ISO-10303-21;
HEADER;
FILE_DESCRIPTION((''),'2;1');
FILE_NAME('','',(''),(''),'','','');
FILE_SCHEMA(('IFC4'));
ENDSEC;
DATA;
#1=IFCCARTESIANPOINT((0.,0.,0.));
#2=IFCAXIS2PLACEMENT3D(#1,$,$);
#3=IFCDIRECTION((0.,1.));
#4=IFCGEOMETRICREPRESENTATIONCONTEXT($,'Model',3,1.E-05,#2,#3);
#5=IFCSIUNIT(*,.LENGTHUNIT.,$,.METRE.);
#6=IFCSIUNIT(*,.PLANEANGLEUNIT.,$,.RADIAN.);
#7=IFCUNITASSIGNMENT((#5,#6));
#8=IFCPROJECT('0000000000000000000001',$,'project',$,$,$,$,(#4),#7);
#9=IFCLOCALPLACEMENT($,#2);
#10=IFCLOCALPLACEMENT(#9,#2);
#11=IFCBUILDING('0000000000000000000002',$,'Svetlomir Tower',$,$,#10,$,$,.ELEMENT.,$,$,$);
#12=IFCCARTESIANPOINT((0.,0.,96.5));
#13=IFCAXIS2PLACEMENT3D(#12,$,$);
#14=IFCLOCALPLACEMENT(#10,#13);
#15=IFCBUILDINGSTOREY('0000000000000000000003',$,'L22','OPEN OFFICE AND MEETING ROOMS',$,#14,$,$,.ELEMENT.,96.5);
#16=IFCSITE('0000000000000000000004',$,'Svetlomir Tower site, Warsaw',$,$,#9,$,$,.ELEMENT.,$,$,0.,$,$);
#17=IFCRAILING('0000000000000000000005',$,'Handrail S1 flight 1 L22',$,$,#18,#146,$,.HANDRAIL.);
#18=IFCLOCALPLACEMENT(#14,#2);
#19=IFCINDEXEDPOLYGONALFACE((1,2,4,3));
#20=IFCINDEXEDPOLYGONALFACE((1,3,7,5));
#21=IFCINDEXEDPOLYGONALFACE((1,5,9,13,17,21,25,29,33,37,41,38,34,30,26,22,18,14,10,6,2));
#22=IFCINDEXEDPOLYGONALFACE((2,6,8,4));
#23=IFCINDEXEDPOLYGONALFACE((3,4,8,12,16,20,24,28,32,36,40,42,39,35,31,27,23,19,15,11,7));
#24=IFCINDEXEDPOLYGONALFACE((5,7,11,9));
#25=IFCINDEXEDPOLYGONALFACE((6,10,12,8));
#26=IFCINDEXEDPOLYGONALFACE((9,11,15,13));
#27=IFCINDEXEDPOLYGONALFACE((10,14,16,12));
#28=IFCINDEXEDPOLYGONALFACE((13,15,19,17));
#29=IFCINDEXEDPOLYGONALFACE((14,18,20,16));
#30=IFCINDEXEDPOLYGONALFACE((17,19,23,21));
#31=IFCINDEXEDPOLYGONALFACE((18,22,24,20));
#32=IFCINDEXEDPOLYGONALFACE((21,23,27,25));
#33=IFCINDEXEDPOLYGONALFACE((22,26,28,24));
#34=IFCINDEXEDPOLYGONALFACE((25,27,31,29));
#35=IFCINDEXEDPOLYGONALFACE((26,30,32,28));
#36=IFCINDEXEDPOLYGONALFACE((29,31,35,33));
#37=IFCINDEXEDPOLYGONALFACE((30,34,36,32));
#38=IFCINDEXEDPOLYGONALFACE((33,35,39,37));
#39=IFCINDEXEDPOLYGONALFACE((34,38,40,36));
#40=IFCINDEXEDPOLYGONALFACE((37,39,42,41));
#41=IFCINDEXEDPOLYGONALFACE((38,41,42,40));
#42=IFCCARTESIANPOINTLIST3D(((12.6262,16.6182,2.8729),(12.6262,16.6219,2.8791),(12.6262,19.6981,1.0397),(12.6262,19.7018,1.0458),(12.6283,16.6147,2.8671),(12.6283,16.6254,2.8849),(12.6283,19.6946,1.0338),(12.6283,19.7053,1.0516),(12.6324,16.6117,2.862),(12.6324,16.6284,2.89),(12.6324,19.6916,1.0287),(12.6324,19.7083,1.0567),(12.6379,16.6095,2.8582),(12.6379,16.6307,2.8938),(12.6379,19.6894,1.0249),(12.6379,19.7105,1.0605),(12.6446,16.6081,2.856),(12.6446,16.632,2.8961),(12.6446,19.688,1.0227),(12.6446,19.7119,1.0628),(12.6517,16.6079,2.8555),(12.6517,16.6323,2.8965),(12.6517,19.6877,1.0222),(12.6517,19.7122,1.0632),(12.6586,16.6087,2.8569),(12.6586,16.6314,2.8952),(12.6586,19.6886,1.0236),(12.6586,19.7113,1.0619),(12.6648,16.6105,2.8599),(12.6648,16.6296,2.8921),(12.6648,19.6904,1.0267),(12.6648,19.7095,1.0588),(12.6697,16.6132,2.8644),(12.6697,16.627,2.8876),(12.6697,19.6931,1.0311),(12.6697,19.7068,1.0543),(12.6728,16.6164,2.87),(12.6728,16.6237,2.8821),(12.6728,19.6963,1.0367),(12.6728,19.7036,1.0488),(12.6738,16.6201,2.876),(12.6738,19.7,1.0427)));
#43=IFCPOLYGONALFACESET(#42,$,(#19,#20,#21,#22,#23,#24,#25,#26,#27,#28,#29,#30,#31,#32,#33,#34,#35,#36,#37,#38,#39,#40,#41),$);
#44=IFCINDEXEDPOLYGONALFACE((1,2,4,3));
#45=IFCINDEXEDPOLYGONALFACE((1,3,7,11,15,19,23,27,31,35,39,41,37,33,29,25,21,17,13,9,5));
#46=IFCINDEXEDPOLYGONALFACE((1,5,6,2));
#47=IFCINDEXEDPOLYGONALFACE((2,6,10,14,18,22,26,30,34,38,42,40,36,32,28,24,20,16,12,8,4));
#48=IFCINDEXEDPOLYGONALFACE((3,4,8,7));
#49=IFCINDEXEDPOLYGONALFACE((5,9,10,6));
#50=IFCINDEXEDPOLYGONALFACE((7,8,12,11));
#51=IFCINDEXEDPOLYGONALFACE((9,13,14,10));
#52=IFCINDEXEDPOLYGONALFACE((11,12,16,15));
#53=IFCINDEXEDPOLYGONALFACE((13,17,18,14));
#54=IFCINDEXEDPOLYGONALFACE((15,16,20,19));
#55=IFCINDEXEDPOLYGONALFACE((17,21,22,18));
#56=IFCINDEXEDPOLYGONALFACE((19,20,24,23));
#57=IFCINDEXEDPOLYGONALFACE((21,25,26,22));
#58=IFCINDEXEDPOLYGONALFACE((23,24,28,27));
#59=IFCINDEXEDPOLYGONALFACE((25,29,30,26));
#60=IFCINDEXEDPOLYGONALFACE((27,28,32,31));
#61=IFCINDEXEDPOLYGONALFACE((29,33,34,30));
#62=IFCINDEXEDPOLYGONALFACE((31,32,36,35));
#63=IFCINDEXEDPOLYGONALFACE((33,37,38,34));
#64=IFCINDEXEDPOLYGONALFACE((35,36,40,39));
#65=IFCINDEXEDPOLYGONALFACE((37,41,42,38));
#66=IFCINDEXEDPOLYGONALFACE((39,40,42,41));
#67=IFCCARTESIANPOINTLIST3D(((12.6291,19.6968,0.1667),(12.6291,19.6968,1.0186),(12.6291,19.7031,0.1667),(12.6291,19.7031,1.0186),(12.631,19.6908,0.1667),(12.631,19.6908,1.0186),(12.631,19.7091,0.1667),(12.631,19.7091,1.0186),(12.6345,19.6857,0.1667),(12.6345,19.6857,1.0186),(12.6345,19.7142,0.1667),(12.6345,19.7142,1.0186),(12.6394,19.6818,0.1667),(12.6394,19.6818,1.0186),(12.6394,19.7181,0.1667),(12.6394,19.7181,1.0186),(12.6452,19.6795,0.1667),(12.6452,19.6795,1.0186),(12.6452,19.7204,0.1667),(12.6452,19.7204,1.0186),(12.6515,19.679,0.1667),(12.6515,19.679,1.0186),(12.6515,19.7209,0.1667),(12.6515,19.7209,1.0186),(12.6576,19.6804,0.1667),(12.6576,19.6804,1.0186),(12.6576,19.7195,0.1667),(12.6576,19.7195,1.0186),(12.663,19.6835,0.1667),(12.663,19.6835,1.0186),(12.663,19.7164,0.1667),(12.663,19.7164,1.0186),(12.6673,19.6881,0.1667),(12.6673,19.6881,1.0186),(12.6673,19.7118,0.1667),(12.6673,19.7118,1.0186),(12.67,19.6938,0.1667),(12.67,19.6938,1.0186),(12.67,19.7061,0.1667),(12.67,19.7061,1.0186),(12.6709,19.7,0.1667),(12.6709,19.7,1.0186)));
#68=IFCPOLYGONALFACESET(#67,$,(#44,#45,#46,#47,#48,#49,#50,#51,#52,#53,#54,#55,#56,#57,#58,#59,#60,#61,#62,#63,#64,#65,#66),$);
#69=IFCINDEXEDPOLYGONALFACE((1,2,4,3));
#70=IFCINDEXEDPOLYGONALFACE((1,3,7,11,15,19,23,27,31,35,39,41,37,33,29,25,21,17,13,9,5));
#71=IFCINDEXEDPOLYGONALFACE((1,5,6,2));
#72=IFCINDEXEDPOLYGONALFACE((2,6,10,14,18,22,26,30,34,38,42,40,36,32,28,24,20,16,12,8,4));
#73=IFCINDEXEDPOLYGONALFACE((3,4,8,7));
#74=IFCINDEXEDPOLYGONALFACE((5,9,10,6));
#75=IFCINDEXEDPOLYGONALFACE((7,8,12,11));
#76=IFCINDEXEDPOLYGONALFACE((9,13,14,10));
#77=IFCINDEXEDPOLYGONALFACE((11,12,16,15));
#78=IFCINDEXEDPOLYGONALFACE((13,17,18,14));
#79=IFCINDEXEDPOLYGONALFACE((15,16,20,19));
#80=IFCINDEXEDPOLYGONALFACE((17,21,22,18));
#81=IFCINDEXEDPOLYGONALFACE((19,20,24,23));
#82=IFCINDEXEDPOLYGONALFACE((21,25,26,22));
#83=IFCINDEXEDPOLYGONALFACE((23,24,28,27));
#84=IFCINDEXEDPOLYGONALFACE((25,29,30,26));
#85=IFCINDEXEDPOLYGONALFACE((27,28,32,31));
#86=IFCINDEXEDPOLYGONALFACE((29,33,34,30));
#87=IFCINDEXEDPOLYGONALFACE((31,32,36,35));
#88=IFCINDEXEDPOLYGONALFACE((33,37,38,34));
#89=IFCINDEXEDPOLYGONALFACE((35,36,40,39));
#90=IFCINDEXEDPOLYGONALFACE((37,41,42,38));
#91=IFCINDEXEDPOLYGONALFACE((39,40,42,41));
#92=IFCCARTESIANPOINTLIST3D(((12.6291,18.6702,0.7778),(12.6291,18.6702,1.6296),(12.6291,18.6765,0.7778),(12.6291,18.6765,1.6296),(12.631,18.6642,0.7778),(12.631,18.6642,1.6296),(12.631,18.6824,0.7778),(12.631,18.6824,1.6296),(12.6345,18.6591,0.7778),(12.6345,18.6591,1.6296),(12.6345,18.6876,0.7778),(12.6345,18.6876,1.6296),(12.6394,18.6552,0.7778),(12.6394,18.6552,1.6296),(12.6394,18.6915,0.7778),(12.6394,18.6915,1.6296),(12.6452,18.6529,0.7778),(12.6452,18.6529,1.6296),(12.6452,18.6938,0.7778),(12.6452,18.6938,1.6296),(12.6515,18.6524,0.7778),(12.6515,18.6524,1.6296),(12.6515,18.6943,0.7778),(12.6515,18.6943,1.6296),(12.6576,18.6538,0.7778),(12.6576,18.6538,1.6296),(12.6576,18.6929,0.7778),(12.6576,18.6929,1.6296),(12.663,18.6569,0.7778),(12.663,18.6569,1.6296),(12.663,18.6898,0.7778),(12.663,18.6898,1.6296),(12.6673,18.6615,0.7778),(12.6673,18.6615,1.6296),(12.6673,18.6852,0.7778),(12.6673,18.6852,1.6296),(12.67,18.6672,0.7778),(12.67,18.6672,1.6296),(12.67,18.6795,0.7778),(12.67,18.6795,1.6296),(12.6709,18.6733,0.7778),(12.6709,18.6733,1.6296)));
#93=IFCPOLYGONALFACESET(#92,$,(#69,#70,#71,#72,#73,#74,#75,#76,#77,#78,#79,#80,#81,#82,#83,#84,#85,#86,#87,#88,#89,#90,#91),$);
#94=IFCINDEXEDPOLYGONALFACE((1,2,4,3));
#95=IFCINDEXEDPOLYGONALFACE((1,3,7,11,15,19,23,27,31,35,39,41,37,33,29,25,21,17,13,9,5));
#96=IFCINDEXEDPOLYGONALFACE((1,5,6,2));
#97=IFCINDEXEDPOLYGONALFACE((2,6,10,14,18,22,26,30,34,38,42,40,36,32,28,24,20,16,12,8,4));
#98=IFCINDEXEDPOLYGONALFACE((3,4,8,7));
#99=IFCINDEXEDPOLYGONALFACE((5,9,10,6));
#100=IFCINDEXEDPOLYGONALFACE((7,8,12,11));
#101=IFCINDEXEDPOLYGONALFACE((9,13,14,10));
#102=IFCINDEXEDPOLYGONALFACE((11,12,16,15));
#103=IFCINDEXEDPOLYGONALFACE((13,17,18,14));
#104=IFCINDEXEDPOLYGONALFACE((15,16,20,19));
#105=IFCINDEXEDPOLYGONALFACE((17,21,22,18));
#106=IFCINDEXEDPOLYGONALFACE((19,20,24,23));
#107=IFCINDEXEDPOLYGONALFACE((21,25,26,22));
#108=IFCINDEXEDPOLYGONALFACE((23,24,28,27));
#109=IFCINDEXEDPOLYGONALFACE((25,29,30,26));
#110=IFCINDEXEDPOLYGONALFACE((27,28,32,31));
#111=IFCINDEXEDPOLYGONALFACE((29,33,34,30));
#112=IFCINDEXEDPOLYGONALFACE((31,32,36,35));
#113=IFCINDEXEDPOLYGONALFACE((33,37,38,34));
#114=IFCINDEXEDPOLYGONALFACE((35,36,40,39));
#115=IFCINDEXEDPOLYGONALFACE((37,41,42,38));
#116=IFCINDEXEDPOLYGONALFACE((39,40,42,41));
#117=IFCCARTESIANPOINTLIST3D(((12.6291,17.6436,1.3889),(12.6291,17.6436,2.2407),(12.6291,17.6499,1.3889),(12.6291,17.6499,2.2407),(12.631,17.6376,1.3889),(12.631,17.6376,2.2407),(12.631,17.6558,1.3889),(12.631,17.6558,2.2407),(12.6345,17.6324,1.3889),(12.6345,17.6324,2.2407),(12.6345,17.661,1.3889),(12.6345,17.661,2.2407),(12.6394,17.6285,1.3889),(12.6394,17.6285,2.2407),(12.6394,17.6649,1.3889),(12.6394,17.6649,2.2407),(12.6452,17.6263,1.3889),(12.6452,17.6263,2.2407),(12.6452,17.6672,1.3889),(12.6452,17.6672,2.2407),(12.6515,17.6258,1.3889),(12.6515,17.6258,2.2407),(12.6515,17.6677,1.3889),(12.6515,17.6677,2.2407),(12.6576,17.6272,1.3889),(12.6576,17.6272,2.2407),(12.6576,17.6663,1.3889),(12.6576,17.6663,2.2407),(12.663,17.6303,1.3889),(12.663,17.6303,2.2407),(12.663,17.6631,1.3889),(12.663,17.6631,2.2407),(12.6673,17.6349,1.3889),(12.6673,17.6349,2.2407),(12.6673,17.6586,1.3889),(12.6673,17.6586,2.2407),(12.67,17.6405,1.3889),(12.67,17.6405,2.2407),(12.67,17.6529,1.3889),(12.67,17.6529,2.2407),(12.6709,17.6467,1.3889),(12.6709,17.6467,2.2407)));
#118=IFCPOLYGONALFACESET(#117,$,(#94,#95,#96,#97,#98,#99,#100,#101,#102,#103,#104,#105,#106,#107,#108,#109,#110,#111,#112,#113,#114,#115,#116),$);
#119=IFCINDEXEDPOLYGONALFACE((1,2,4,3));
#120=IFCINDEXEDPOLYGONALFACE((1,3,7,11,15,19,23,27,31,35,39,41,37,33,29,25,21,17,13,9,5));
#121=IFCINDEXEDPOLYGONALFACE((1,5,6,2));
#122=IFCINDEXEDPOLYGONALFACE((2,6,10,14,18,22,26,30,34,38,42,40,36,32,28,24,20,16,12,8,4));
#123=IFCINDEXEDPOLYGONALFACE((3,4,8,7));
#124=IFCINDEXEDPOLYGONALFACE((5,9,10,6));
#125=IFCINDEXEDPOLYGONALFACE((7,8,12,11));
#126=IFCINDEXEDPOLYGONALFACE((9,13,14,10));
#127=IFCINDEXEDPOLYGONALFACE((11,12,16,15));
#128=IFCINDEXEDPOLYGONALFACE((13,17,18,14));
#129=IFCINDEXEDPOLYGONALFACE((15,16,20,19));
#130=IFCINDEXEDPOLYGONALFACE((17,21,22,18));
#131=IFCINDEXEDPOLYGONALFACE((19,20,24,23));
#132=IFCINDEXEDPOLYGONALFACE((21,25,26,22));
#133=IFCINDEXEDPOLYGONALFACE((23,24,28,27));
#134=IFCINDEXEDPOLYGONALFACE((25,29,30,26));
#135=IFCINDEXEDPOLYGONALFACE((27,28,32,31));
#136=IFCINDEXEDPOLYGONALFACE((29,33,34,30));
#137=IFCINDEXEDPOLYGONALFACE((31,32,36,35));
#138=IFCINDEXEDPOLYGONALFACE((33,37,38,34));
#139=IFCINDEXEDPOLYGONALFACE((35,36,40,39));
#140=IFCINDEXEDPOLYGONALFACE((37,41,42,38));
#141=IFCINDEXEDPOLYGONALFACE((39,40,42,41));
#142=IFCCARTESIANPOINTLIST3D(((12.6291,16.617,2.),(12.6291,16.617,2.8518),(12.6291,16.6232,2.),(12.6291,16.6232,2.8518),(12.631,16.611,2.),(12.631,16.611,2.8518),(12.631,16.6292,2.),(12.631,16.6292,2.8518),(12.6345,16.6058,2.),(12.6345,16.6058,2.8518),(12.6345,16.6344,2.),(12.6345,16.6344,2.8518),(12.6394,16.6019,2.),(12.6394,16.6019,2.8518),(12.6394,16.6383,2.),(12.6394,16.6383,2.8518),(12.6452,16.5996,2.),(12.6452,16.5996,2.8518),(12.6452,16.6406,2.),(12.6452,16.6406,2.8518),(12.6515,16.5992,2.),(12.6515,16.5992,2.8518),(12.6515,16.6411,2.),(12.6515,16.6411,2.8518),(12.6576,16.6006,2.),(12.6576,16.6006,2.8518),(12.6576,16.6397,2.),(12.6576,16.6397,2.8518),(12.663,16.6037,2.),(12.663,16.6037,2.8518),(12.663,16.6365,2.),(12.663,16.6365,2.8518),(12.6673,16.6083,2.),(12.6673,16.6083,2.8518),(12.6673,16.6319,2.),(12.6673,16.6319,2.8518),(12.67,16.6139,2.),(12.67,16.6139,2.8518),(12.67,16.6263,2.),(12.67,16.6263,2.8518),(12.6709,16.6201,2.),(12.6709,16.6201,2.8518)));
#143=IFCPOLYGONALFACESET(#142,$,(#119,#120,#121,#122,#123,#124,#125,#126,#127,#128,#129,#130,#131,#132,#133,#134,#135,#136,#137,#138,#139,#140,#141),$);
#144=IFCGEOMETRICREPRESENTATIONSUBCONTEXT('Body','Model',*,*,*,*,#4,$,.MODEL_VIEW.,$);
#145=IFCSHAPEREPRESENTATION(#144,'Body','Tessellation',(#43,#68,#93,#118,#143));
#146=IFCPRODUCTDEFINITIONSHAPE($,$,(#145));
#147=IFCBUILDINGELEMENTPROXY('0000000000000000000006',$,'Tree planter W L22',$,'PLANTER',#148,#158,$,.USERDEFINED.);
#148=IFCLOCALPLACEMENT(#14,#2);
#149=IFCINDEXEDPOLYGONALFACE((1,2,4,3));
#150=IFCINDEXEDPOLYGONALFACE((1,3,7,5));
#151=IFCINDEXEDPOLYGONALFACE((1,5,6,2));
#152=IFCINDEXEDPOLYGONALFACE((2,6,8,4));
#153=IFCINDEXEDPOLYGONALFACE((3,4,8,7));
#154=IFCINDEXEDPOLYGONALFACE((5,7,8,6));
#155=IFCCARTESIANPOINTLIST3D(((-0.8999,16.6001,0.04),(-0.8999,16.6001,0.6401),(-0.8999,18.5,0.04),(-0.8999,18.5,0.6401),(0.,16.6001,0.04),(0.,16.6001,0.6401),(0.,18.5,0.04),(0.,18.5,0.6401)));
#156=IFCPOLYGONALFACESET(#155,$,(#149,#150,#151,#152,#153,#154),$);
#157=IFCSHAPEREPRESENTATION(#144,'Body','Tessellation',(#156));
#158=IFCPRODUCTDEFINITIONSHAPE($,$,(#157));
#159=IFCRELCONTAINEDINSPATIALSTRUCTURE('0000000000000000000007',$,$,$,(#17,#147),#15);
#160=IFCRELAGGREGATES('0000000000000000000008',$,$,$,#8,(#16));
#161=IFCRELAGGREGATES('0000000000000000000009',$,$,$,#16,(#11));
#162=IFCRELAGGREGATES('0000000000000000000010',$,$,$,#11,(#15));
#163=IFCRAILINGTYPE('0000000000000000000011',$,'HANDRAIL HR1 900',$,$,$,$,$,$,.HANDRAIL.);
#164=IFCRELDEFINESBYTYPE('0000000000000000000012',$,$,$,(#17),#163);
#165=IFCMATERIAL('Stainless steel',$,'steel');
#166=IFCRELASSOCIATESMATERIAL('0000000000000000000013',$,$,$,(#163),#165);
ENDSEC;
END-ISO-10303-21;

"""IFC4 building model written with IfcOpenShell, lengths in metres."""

from ifc_helpers import new_model, si_unit, direction, frame, origin, origin_2d, place, context, subcontext, project, spatial, rectangle, circle, extrude, material, type_object, element, save


model = new_model("IFC4")

# Units and contexts
model_context = context("Model", 3, precision=1e-05, world=origin(), true_north=direction((0.0, 1.0)))
body_context = subcontext(model_context, "Body", "Model", "MODEL_VIEW")
ifc_project = project(units=[si_unit("LENGTHUNIT", "METRE"), si_unit("PLANEANGLEUNIT", "RADIAN")], contexts=[model_context])

# Site, building, storey
site_placement = place(None, origin())
site = spatial("IfcSite", under=ifc_project, at=site_placement, Name="Svetlomir Tower site, Warsaw", CompositionType="ELEMENT", RefElevation=0.0)
building_placement = place(site_placement, origin())
building = spatial("IfcBuilding", under=site, at=building_placement, Name="Svetlomir Tower", CompositionType="ELEMENT")
storey_placement = place(building_placement, frame((0.0, 0.0, 96.5)))
storey = spatial("IfcBuildingStorey", under=building, at=storey_placement, Name="L22", Description="OPEN OFFICE AND MEETING ROOMS", CompositionType="ELEMENT", Elevation=96.5)

# Railing
ifc_material_1 = material(Name="Stainless steel", Category="steel")
railing_type_1 = type_object("IfcRailingType", Name="HANDRAIL HR1 900", PredefinedType="HANDRAIL", material=ifc_material_1)
railing_1_placement = place(storey_placement, frame((12.6499, 19.7, 0.1667)))
element("IfcRailing", 1, at=railing_1_placement, inside=storey, type_object=railing_type_1, Name="Handrail S1 flight 1 L22", PredefinedType="HANDRAIL", context=body_context, shape_type="SweptSolid", body=[
    extrude(circle(Radius=0.0239, at=origin_2d()), frame((0.0, 0.0, 0.876), z_axis=(0.0, -0.859291, 0.511487), x_axis=(1.0, 0.0, 0.0)), (0.0, 0.0, 1.0), 3.5842),
    extrude(circle(Radius=0.021, at=origin_2d()), origin(), (0.0, 0.0, 1.0), 0.8518),
    extrude(circle(Radius=0.021, at=origin_2d()), frame((0.0, -1.0266, 0.6111)), (0.0, 0.0, 1.0), 0.8518),
    extrude(circle(Radius=0.021, at=origin_2d()), frame((0.0, -2.0532, 1.2222)), (0.0, 0.0, 1.0), 0.8518),
    extrude(circle(Radius=0.021, at=origin_2d()), frame((0.0, -3.0798, 1.8333)), (0.0, 0.0, 1.0), 0.8518),
])

# Building element proxy
proxy_placement = place(storey_placement, frame((-0.45, 17.55, 0.04), z_axis=(0.0, 0.0, 1.0), x_axis=(1.0, 0.0, 0.0)))
element("IfcBuildingElementProxy", 2, at=proxy_placement, inside=storey, Name="Tree planter W L22", ObjectType="PLANTER", PredefinedType="USERDEFINED", context=body_context, shape_type="SweptSolid", body=[
    extrude(rectangle(XDim=0.8999, YDim=1.8999, at=origin_2d()), origin(), (0.0, 0.0, 1.0), 0.6001),
])

save(model, "model.ifc")
